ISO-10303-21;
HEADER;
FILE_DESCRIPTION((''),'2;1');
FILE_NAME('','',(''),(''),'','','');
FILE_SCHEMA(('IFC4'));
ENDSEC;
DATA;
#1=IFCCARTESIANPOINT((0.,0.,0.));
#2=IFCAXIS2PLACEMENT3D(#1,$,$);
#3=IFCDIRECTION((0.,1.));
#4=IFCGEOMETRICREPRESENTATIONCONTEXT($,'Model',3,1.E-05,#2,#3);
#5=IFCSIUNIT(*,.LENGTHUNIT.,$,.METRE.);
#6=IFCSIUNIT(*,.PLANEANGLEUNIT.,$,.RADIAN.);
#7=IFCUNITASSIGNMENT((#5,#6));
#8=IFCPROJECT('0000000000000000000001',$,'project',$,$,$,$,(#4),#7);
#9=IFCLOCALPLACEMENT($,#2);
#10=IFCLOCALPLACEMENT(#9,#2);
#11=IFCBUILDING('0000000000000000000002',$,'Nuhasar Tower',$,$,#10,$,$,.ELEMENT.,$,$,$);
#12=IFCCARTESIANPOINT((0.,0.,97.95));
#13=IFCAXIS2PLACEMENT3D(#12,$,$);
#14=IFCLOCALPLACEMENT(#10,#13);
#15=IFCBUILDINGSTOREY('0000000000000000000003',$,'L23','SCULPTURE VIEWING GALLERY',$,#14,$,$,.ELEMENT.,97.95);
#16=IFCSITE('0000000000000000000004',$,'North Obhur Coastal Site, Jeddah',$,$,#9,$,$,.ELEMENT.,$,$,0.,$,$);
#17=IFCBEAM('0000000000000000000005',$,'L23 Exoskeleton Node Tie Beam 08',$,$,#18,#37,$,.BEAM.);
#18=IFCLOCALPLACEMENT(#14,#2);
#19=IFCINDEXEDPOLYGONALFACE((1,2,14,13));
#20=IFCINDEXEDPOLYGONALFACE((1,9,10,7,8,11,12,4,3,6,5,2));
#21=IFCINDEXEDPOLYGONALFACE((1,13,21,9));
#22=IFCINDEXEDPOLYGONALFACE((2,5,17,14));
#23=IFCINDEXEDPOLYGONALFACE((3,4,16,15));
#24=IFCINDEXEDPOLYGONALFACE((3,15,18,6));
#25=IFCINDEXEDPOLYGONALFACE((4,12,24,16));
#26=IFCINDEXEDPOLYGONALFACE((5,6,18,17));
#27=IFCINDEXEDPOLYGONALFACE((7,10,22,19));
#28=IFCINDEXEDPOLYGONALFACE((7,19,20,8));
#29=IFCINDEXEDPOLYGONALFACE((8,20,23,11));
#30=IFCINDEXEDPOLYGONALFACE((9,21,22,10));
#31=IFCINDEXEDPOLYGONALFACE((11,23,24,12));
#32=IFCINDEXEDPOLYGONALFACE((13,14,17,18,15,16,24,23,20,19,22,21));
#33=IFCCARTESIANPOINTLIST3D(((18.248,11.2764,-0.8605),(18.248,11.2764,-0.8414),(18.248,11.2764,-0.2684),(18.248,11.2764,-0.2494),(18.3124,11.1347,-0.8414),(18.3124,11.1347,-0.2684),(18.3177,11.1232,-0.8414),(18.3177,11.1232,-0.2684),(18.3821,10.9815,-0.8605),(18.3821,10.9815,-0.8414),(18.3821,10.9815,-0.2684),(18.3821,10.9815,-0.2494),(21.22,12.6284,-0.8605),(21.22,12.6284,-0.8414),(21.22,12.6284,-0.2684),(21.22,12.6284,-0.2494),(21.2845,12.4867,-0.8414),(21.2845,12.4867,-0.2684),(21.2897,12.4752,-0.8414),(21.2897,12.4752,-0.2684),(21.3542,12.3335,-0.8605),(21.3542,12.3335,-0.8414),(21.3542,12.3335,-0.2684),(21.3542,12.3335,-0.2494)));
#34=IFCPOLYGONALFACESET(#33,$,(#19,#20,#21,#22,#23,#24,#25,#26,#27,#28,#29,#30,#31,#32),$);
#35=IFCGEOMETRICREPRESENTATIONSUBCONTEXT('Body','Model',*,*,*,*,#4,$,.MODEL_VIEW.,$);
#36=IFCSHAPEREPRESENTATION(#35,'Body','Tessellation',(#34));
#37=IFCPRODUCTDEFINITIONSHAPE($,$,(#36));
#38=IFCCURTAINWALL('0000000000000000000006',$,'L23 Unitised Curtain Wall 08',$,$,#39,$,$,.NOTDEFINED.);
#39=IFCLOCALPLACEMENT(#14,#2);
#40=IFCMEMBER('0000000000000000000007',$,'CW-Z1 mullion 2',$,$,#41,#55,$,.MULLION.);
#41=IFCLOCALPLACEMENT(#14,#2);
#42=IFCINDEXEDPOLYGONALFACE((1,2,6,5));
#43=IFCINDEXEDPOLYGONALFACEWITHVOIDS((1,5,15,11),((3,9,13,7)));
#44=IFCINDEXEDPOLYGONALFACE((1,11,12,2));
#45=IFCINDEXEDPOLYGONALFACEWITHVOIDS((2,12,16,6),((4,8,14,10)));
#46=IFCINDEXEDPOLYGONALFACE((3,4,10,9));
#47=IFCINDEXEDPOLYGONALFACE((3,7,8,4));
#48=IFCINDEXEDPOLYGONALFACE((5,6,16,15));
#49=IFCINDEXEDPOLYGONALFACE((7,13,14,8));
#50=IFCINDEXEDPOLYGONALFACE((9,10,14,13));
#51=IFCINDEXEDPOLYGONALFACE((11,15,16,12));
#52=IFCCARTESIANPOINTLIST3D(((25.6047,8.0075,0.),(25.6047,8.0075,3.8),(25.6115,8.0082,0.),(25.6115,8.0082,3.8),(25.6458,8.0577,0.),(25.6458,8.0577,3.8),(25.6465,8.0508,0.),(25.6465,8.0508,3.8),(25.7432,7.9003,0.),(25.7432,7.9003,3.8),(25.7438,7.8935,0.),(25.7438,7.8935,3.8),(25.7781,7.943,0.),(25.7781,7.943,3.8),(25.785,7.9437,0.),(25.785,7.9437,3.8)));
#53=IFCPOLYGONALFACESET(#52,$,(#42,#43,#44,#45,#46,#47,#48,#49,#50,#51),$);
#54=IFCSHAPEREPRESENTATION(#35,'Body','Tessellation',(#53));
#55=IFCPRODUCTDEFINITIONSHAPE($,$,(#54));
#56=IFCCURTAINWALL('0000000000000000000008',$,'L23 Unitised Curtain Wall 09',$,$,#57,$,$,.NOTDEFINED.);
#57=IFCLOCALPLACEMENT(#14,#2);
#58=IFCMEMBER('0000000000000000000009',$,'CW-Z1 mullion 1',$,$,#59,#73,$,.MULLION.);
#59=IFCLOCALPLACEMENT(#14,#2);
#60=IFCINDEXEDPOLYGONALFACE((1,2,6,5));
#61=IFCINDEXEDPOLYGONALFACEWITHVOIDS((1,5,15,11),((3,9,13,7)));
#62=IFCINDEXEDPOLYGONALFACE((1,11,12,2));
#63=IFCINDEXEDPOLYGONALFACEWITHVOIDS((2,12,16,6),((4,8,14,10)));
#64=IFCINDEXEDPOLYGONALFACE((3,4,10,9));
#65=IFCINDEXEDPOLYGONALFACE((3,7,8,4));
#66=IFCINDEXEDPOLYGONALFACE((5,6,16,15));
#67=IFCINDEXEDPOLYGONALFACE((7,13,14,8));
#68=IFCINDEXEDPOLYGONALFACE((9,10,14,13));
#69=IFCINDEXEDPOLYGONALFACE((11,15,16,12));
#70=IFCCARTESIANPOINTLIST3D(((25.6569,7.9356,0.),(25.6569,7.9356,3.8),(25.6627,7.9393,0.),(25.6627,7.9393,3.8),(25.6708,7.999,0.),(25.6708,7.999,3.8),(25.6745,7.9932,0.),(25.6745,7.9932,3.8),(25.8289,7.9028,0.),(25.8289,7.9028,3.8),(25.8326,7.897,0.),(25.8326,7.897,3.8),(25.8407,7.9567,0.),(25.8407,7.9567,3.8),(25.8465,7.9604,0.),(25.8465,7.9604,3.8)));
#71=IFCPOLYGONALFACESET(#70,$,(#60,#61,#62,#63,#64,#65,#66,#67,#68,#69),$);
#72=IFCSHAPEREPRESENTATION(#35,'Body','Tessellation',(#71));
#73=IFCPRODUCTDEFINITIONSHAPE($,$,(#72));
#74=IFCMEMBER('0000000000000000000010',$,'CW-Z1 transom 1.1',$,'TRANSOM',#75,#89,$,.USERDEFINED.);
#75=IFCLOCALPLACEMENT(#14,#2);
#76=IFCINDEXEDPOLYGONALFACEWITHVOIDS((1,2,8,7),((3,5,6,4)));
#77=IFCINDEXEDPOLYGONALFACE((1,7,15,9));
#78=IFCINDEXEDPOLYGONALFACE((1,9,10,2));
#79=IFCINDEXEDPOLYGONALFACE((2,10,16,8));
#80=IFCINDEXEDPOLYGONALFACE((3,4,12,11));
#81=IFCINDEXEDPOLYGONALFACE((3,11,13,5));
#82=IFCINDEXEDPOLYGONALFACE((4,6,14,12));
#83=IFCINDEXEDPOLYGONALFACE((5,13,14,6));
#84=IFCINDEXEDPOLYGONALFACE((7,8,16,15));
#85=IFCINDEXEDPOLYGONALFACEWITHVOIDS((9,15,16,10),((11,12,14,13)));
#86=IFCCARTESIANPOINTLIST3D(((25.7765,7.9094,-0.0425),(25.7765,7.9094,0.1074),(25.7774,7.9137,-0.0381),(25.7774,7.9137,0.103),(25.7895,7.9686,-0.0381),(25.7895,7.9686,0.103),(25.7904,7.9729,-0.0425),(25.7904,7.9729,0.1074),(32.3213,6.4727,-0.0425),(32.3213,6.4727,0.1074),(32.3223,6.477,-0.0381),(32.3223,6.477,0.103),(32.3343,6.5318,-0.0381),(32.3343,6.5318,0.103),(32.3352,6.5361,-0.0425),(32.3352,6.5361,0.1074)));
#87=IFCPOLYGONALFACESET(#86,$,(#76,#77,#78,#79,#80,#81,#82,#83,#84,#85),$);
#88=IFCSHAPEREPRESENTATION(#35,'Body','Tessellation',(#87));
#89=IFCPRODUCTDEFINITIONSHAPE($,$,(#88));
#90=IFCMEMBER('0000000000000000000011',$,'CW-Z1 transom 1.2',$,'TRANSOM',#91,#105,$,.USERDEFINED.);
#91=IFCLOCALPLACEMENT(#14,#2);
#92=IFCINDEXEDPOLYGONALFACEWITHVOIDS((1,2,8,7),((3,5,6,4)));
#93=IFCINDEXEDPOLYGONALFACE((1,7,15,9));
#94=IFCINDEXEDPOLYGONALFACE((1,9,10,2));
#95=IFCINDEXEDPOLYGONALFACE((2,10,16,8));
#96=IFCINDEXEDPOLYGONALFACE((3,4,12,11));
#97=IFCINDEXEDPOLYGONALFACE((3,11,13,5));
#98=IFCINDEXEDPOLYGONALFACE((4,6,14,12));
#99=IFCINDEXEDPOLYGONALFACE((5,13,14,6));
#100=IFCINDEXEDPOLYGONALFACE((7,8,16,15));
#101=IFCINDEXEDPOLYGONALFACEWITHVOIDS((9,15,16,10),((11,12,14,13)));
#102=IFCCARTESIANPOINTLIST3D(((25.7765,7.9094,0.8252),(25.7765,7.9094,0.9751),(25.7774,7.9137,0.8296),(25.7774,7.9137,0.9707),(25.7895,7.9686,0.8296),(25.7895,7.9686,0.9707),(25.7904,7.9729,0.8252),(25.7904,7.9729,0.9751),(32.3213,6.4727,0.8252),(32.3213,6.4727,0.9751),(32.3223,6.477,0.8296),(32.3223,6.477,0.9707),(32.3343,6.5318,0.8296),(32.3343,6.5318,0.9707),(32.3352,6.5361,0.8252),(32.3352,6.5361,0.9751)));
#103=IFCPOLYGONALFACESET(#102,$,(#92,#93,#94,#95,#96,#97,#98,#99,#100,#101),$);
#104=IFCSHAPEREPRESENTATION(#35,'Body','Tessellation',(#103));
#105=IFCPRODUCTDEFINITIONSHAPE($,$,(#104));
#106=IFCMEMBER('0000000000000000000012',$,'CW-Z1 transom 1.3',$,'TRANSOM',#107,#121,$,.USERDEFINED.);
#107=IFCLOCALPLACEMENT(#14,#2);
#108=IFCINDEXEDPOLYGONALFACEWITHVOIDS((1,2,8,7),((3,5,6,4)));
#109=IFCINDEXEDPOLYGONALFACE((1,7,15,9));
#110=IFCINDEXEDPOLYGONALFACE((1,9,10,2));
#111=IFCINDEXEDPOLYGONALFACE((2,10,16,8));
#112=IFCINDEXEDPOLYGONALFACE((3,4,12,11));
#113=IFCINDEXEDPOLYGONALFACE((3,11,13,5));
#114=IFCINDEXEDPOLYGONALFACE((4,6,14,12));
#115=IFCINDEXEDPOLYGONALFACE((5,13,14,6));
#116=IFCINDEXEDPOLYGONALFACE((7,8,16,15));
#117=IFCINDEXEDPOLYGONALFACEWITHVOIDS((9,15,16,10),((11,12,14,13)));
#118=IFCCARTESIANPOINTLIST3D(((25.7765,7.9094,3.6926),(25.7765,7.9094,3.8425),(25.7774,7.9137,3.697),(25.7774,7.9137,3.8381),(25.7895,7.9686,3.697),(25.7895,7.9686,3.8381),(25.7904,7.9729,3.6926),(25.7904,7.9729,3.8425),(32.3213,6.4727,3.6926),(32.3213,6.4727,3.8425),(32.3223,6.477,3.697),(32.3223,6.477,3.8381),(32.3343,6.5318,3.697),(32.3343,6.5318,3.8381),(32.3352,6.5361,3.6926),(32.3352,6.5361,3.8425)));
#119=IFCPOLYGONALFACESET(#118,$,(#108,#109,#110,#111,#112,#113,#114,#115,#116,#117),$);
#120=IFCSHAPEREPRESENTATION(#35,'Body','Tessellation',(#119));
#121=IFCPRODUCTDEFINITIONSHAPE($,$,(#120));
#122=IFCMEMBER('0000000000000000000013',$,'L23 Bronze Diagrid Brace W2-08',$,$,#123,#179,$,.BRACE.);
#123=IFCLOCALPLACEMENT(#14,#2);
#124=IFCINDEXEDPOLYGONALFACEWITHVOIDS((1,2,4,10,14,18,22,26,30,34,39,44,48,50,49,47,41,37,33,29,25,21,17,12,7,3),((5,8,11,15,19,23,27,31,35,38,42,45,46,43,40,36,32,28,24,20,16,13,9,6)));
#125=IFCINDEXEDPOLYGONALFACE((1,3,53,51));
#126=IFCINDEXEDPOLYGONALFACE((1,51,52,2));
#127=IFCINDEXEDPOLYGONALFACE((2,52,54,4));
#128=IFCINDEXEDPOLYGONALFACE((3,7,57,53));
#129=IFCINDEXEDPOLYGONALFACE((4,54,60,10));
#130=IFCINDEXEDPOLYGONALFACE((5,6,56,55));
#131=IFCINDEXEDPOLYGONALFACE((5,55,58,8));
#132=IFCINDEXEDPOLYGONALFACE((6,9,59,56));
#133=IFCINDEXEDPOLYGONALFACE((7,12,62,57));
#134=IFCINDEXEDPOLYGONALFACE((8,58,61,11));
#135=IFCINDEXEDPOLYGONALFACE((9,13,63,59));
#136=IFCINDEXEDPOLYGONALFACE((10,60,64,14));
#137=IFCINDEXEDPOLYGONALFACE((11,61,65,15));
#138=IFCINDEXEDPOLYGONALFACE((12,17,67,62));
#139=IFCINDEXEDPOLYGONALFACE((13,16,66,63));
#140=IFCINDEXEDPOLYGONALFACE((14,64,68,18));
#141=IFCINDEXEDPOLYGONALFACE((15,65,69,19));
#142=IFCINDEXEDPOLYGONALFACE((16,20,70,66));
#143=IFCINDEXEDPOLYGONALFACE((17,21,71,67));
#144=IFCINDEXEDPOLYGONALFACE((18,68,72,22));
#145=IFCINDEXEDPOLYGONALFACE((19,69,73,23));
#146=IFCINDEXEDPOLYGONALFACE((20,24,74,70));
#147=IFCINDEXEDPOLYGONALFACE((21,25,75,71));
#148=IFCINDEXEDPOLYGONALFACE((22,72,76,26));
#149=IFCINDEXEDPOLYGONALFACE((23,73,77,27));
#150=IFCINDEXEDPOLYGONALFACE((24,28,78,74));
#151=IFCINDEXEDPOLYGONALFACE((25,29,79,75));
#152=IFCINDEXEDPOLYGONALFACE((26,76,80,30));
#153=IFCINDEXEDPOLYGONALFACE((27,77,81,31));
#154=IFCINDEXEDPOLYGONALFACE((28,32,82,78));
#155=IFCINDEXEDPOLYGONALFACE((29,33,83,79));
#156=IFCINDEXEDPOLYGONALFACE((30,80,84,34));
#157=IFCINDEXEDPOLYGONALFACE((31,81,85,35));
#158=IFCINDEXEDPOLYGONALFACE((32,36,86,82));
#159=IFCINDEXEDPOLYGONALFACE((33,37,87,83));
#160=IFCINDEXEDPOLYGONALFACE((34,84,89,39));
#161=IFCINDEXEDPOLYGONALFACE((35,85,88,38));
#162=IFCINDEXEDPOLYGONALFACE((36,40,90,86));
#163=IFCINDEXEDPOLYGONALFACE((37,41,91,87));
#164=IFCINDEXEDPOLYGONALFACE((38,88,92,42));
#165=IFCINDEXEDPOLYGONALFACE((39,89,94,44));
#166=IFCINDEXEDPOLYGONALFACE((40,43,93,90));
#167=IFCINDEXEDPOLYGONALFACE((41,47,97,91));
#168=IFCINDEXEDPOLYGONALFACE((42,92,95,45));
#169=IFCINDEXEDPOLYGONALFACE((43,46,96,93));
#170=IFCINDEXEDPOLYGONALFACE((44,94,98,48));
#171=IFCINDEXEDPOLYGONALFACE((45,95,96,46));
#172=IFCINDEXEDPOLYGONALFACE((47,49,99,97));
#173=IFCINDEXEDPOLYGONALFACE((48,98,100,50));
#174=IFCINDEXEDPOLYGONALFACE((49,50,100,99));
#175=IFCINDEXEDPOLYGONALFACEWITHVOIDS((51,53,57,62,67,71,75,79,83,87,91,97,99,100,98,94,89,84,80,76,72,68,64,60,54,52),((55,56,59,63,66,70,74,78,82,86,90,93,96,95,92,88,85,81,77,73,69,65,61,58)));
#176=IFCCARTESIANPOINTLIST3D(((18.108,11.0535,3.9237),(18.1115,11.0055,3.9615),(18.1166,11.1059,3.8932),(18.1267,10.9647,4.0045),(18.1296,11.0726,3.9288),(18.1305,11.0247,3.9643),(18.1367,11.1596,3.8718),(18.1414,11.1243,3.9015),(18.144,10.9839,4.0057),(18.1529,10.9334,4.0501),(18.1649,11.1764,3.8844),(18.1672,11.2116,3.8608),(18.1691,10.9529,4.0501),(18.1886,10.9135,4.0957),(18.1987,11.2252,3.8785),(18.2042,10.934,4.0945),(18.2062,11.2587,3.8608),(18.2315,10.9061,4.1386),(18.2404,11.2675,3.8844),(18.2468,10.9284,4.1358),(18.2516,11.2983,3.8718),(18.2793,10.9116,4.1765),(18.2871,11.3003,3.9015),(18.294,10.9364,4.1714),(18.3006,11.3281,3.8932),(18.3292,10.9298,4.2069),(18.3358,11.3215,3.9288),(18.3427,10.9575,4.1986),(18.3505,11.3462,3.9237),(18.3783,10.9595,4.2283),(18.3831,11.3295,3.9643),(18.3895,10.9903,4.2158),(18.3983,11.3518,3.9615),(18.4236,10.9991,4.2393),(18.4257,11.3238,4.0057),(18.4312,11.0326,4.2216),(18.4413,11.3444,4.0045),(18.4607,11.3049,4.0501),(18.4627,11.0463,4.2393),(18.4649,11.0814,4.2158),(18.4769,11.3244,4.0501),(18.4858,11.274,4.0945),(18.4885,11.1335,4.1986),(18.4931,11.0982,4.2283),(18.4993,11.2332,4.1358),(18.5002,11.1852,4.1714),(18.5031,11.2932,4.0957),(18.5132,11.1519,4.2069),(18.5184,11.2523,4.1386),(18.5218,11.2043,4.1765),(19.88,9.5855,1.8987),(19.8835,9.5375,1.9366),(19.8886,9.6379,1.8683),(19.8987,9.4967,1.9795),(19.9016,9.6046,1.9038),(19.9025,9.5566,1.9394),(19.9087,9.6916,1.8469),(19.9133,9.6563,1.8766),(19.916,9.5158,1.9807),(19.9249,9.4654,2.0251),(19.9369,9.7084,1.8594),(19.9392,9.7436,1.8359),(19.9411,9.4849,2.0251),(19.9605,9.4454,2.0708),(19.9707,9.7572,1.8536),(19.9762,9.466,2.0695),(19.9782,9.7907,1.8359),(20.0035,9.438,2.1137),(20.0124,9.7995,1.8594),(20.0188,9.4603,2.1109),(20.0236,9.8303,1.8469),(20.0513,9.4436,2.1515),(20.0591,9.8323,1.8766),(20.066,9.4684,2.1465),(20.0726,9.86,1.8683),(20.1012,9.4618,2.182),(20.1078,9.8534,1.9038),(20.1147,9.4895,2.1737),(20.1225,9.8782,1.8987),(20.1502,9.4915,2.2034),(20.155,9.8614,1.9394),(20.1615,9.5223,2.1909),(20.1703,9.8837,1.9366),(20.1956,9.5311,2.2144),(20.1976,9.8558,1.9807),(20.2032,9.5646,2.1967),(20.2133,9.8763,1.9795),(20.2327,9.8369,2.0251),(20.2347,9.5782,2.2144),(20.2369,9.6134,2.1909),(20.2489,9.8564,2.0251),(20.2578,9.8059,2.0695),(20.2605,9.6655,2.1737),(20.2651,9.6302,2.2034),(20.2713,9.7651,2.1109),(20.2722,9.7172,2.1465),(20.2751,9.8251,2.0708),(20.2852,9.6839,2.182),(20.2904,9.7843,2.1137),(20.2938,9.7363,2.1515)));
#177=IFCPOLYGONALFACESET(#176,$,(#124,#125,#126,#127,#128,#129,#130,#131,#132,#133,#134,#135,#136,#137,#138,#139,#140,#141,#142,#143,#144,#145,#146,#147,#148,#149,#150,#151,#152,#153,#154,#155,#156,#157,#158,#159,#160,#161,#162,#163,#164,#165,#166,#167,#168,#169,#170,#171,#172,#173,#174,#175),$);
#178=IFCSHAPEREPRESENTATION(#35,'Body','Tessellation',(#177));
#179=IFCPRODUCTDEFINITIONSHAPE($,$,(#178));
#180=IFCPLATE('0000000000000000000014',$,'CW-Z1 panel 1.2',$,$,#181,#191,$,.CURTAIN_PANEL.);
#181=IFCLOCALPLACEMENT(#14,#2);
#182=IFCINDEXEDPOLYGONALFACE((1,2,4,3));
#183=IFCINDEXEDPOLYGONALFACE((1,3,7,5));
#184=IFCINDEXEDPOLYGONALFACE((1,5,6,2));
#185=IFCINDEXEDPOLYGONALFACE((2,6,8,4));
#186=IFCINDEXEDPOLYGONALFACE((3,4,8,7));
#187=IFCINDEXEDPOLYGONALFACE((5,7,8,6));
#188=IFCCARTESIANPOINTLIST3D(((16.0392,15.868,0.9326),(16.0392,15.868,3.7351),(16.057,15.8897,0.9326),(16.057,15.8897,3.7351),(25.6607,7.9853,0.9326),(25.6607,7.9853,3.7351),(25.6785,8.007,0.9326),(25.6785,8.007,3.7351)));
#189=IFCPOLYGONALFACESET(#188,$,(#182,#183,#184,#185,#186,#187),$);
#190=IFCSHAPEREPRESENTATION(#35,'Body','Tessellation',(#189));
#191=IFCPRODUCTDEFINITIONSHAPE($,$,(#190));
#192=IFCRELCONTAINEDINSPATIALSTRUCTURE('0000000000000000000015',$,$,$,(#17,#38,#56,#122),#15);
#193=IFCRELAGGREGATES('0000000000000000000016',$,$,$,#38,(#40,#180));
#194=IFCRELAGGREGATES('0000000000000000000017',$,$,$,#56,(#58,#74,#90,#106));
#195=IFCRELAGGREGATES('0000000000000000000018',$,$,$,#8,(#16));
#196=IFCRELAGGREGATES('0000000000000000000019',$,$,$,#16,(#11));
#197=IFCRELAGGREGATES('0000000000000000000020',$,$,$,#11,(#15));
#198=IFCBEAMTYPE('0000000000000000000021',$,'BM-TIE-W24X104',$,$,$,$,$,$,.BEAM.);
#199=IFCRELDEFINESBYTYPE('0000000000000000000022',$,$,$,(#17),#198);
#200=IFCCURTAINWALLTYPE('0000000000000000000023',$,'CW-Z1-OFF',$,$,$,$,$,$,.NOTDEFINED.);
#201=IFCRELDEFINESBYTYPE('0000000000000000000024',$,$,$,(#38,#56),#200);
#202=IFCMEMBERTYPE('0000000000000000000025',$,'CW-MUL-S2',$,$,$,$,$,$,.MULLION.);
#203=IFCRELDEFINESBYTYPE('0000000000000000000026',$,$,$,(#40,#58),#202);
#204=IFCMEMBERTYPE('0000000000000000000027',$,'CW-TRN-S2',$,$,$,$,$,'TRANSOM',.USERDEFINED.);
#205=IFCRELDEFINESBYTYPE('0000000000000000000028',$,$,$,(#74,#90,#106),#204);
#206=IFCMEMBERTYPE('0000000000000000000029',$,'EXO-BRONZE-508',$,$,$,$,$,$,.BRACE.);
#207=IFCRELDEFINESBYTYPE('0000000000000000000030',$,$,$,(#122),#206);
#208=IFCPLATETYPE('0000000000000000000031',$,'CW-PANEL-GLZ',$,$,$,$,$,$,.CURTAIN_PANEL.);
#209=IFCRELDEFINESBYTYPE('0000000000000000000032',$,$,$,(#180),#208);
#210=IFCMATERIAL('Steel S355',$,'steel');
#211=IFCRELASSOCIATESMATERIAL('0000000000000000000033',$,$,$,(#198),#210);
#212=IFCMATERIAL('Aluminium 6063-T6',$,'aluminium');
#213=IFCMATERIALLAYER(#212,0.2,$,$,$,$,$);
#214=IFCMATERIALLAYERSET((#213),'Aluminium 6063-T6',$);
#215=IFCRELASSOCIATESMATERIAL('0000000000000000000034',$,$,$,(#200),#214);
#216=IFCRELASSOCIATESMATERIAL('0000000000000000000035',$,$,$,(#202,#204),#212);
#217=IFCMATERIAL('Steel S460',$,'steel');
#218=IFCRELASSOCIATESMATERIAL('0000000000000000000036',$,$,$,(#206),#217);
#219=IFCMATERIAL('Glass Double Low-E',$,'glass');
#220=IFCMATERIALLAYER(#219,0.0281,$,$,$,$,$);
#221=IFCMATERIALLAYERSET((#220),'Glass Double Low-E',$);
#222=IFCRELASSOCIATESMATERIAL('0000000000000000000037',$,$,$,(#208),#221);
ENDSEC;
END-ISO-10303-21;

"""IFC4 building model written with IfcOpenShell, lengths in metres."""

from ifc_helpers import new_model, si_unit, direction, frame, origin, origin_2d, place, context, subcontext, project, spatial, rectangle, hollow_rectangle, hollow_circle, i_section, extrude, material, layer, layer_set, material_profile, profile_set, type_object, element, aggregate, save


model = new_model("IFC4")

# Units and contexts
model_context = context("Model", 3, precision=1e-05, world=origin(), true_north=direction((0.0, 1.0)))
body_context = subcontext(model_context, "Body", "Model", "MODEL_VIEW")
ifc_project = project(units=[si_unit("LENGTHUNIT", "METRE"), si_unit("PLANEANGLEUNIT", "RADIAN")], contexts=[model_context])

# Site, building, storey
site_placement = place(None, origin())
site = spatial("IfcSite", under=ifc_project, at=site_placement, Name="North Obhur Coastal Site, Jeddah", CompositionType="ELEMENT", RefElevation=0.0)
building_placement = place(site_placement, origin())
building = spatial("IfcBuilding", under=site, at=building_placement, Name="Nuhasar Tower", CompositionType="ELEMENT")
storey_placement = place(building_placement, frame((0.0, 0.0, 97.95)))
storey = spatial("IfcBuildingStorey", under=building, at=storey_placement, Name="L23", Description="SCULPTURE VIEWING GALLERY", CompositionType="ELEMENT", Elevation=97.95)

# Beam
ifc_material_1 = material(Name="Steel S355", Category="steel")
ifc_material_profile_1 = material_profile(ifc_material_1, i_section(OverallWidth=0.324, OverallDepth=0.6111, WebThickness=0.0127, FlangeThickness=0.019, at=origin_2d()), Name="W24X104")
ifc_profile_set_1 = profile_set([ifc_material_profile_1], Name="Steel S355")
beam_type_1 = type_object("IfcBeamType", Name="BM-TIE-W24X104", PredefinedType="BEAM", material=ifc_profile_set_1)
beam_1_placement = place(storey_placement, frame((21.2871, 12.481, -0.5549), z_axis=(-0.910244, -0.414073, 0.0), x_axis=(0.414073, -0.910244, 0.0)))
element("IfcBeam", 1, at=beam_1_placement, inside=storey, type_object=beam_type_1, Name="L23 Exoskeleton Node Tie Beam 08", PredefinedType="BEAM", context=body_context, shape_type="SweptSolid", body=[
    extrude(i_section(OverallWidth=0.324, OverallDepth=0.6111, WebThickness=0.0127, FlangeThickness=0.019, at=origin_2d()), origin(), (0.0, 0.0, 1.0), 3.2651),
])

# Curtain wall, member
ifc_material_2 = material(Name="Aluminium 6063-T6", Category="aluminium")
ifc_layer_1 = layer(ifc_material_2, 0.2)
ifc_layer_set_1 = layer_set([ifc_layer_1], Name="Aluminium 6063-T6")
curtain_wall_type = type_object("IfcCurtainWallType", Name="CW-Z1-OFF", PredefinedType="NOTDEFINED", material=ifc_layer_set_1)
curtain_wall_1_placement = place(storey_placement, origin())
curtain_wall_1 = element("IfcCurtainWall", 2, at=curtain_wall_1_placement, inside=storey, type_object=curtain_wall_type, Name="L23 Unitised Curtain Wall 08", PredefinedType="NOTDEFINED")
ifc_material_profile_2 = material_profile(ifc_material_2, hollow_rectangle(XDim=0.0649, YDim=0.1799, WallThickness=0.0049, at=origin_2d()), Name="CWM-2")
ifc_profile_set_2 = profile_set([ifc_material_profile_2], Name="Aluminium 6063-T6")
member_type_1 = type_object("IfcMemberType", Name="CW-MUL-S2", PredefinedType="MULLION", material=ifc_profile_set_2)
member_1_placement = place(storey_placement, frame((25.6948, 7.9756, 0.0), z_axis=(0.0, 0.0, 1.0), x_axis=(0.633745, 0.773542, 0.0)))
member_1 = element("IfcMember", 3, at=member_1_placement, type_object=member_type_1, Name="CW-Z1 mullion 2", PredefinedType="MULLION", context=body_context, shape_type="SweptSolid", body=[
    extrude(hollow_rectangle(XDim=0.0649, YDim=0.1799, WallThickness=0.0049, at=origin_2d()), origin(), (0.0, 0.0, 1.0), 3.8),
])

# Curtain wall, members
curtain_wall_2_placement = place(storey_placement, origin())
curtain_wall_2 = element("IfcCurtainWall", 4, at=curtain_wall_2_placement, inside=storey, type_object=curtain_wall_type, Name="L23 Unitised Curtain Wall 09", PredefinedType="NOTDEFINED")
member_2_placement = place(storey_placement, frame((25.7517, 7.948, 0.0), z_axis=(0.0, 0.0, 1.0), x_axis=(0.214399, 0.976746, 0.0)))
member_2 = element("IfcMember", 5, at=member_2_placement, type_object=member_type_1, Name="CW-Z1 mullion 1", PredefinedType="MULLION", context=body_context, shape_type="SweptSolid", body=[
    extrude(hollow_rectangle(XDim=0.0649, YDim=0.1799, WallThickness=0.0049, at=origin_2d()), origin(), (0.0, 0.0, 1.0), 3.8),
])
ifc_material_profile_3 = material_profile(ifc_material_2, hollow_rectangle(XDim=0.0649, YDim=0.1499, WallThickness=0.0044, at=origin_2d()), Name="CWT-2")
ifc_profile_set_3 = profile_set([ifc_material_profile_3], Name="Aluminium 6063-T6")
member_type_2 = type_object("IfcMemberType", Name="CW-TRN-S2", ElementType="TRANSOM", PredefinedType="USERDEFINED", material=ifc_profile_set_3)
member_3_placement = place(storey_placement, frame((25.7834, 7.9412, 0.0325), z_axis=(0.976742, -0.214418, 0.0), x_axis=(0.214418, 0.976742, 0.0)))
member_3 = element("IfcMember", 6, at=member_3_placement, type_object=member_type_2, Name="CW-Z1 transom 1.1", ObjectType="TRANSOM", PredefinedType="USERDEFINED", context=body_context, shape_type="SweptSolid", body=[
    extrude(hollow_rectangle(XDim=0.0649, YDim=0.1499, WallThickness=0.0044, at=origin_2d()), origin(), (0.0, 0.0, 1.0), 6.7007),
])
member_4_placement = place(storey_placement, frame((25.7834, 7.9412, 0.9001), z_axis=(0.976742, -0.214418, 0.0), x_axis=(0.214418, 0.976742, 0.0)))
member_4 = element("IfcMember", 7, at=member_4_placement, type_object=member_type_2, Name="CW-Z1 transom 1.2", ObjectType="TRANSOM", PredefinedType="USERDEFINED", context=body_context, shape_type="SweptSolid", body=[
    extrude(hollow_rectangle(XDim=0.0649, YDim=0.1499, WallThickness=0.0044, at=origin_2d()), origin(), (0.0, 0.0, 1.0), 6.7007),
])
member_5_placement = place(storey_placement, frame((25.7834, 7.9412, 3.7676), z_axis=(0.976742, -0.214418, 0.0), x_axis=(0.214418, 0.976742, 0.0)))
member_5 = element("IfcMember", 8, at=member_5_placement, type_object=member_type_2, Name="CW-Z1 transom 1.3", ObjectType="TRANSOM", PredefinedType="USERDEFINED", context=body_context, shape_type="SweptSolid", body=[
    extrude(hollow_rectangle(XDim=0.0649, YDim=0.1499, WallThickness=0.0044, at=origin_2d()), origin(), (0.0, 0.0, 1.0), 6.7007),
])

# Member
ifc_material_3 = material(Name="Steel S460", Category="steel")
ifc_material_profile_4 = material_profile(ifc_material_3, hollow_circle(Radius=0.2539, WallThickness=0.0254, at=origin_2d()), Name="HSS508X25.4")
ifc_profile_set_4 = profile_set([ifc_material_profile_4], Name="Steel S460")
member_type_3 = type_object("IfcMemberType", Name="EXO-BRONZE-508", PredefinedType="BRACE", material=ifc_profile_set_4)
member_6_placement = place(storey_placement, frame((20.0869, 9.6609, 2.0251), z_axis=(-0.578102, 0.478937, 0.660619), x_axis=(-0.637969, -0.770062, 0.0)))
element("IfcMember", 9, at=member_6_placement, inside=storey, type_object=member_type_3, Name="L23 Bronze Diagrid Brace W2-08", PredefinedType="BRACE", context=body_context, shape_type="SweptSolid", body=[
    extrude(hollow_circle(Radius=0.2539, WallThickness=0.0254, at=origin_2d()), origin(), (0.0, 0.0, 1.0), 3.0652),
])

# Plate
ifc_material_4 = material(Name="Glass Double Low-E", Category="glass")
ifc_layer_2 = layer(ifc_material_4, 0.0281)
ifc_layer_set_2 = layer_set([ifc_layer_2], Name="Glass Double Low-E")
plate_type_1 = type_object("IfcPlateType", Name="CW-PANEL-GLZ", PredefinedType="CURTAIN_PANEL", material=ifc_layer_set_2)
plate_1_placement = place(storey_placement, frame((20.8589, 11.9375, 0.9326), z_axis=(0.0, 0.0, 1.0), x_axis=(0.773542, -0.633745, 0.0)))
plate_1 = element("IfcPlate", 10, at=plate_1_placement, type_object=plate_type_1, Name="CW-Z1 panel 1.2", PredefinedType="CURTAIN_PANEL", context=body_context, shape_type="SweptSolid", body=[
    extrude(rectangle(XDim=12.4382, YDim=0.0281, at=origin_2d()), origin(), (0.0, 0.0, 1.0), 2.8025),
])
aggregate(curtain_wall_1, [member_1, plate_1])
aggregate(curtain_wall_2, [member_2, member_3, member_4, member_5])

save(model, "model.ifc")
